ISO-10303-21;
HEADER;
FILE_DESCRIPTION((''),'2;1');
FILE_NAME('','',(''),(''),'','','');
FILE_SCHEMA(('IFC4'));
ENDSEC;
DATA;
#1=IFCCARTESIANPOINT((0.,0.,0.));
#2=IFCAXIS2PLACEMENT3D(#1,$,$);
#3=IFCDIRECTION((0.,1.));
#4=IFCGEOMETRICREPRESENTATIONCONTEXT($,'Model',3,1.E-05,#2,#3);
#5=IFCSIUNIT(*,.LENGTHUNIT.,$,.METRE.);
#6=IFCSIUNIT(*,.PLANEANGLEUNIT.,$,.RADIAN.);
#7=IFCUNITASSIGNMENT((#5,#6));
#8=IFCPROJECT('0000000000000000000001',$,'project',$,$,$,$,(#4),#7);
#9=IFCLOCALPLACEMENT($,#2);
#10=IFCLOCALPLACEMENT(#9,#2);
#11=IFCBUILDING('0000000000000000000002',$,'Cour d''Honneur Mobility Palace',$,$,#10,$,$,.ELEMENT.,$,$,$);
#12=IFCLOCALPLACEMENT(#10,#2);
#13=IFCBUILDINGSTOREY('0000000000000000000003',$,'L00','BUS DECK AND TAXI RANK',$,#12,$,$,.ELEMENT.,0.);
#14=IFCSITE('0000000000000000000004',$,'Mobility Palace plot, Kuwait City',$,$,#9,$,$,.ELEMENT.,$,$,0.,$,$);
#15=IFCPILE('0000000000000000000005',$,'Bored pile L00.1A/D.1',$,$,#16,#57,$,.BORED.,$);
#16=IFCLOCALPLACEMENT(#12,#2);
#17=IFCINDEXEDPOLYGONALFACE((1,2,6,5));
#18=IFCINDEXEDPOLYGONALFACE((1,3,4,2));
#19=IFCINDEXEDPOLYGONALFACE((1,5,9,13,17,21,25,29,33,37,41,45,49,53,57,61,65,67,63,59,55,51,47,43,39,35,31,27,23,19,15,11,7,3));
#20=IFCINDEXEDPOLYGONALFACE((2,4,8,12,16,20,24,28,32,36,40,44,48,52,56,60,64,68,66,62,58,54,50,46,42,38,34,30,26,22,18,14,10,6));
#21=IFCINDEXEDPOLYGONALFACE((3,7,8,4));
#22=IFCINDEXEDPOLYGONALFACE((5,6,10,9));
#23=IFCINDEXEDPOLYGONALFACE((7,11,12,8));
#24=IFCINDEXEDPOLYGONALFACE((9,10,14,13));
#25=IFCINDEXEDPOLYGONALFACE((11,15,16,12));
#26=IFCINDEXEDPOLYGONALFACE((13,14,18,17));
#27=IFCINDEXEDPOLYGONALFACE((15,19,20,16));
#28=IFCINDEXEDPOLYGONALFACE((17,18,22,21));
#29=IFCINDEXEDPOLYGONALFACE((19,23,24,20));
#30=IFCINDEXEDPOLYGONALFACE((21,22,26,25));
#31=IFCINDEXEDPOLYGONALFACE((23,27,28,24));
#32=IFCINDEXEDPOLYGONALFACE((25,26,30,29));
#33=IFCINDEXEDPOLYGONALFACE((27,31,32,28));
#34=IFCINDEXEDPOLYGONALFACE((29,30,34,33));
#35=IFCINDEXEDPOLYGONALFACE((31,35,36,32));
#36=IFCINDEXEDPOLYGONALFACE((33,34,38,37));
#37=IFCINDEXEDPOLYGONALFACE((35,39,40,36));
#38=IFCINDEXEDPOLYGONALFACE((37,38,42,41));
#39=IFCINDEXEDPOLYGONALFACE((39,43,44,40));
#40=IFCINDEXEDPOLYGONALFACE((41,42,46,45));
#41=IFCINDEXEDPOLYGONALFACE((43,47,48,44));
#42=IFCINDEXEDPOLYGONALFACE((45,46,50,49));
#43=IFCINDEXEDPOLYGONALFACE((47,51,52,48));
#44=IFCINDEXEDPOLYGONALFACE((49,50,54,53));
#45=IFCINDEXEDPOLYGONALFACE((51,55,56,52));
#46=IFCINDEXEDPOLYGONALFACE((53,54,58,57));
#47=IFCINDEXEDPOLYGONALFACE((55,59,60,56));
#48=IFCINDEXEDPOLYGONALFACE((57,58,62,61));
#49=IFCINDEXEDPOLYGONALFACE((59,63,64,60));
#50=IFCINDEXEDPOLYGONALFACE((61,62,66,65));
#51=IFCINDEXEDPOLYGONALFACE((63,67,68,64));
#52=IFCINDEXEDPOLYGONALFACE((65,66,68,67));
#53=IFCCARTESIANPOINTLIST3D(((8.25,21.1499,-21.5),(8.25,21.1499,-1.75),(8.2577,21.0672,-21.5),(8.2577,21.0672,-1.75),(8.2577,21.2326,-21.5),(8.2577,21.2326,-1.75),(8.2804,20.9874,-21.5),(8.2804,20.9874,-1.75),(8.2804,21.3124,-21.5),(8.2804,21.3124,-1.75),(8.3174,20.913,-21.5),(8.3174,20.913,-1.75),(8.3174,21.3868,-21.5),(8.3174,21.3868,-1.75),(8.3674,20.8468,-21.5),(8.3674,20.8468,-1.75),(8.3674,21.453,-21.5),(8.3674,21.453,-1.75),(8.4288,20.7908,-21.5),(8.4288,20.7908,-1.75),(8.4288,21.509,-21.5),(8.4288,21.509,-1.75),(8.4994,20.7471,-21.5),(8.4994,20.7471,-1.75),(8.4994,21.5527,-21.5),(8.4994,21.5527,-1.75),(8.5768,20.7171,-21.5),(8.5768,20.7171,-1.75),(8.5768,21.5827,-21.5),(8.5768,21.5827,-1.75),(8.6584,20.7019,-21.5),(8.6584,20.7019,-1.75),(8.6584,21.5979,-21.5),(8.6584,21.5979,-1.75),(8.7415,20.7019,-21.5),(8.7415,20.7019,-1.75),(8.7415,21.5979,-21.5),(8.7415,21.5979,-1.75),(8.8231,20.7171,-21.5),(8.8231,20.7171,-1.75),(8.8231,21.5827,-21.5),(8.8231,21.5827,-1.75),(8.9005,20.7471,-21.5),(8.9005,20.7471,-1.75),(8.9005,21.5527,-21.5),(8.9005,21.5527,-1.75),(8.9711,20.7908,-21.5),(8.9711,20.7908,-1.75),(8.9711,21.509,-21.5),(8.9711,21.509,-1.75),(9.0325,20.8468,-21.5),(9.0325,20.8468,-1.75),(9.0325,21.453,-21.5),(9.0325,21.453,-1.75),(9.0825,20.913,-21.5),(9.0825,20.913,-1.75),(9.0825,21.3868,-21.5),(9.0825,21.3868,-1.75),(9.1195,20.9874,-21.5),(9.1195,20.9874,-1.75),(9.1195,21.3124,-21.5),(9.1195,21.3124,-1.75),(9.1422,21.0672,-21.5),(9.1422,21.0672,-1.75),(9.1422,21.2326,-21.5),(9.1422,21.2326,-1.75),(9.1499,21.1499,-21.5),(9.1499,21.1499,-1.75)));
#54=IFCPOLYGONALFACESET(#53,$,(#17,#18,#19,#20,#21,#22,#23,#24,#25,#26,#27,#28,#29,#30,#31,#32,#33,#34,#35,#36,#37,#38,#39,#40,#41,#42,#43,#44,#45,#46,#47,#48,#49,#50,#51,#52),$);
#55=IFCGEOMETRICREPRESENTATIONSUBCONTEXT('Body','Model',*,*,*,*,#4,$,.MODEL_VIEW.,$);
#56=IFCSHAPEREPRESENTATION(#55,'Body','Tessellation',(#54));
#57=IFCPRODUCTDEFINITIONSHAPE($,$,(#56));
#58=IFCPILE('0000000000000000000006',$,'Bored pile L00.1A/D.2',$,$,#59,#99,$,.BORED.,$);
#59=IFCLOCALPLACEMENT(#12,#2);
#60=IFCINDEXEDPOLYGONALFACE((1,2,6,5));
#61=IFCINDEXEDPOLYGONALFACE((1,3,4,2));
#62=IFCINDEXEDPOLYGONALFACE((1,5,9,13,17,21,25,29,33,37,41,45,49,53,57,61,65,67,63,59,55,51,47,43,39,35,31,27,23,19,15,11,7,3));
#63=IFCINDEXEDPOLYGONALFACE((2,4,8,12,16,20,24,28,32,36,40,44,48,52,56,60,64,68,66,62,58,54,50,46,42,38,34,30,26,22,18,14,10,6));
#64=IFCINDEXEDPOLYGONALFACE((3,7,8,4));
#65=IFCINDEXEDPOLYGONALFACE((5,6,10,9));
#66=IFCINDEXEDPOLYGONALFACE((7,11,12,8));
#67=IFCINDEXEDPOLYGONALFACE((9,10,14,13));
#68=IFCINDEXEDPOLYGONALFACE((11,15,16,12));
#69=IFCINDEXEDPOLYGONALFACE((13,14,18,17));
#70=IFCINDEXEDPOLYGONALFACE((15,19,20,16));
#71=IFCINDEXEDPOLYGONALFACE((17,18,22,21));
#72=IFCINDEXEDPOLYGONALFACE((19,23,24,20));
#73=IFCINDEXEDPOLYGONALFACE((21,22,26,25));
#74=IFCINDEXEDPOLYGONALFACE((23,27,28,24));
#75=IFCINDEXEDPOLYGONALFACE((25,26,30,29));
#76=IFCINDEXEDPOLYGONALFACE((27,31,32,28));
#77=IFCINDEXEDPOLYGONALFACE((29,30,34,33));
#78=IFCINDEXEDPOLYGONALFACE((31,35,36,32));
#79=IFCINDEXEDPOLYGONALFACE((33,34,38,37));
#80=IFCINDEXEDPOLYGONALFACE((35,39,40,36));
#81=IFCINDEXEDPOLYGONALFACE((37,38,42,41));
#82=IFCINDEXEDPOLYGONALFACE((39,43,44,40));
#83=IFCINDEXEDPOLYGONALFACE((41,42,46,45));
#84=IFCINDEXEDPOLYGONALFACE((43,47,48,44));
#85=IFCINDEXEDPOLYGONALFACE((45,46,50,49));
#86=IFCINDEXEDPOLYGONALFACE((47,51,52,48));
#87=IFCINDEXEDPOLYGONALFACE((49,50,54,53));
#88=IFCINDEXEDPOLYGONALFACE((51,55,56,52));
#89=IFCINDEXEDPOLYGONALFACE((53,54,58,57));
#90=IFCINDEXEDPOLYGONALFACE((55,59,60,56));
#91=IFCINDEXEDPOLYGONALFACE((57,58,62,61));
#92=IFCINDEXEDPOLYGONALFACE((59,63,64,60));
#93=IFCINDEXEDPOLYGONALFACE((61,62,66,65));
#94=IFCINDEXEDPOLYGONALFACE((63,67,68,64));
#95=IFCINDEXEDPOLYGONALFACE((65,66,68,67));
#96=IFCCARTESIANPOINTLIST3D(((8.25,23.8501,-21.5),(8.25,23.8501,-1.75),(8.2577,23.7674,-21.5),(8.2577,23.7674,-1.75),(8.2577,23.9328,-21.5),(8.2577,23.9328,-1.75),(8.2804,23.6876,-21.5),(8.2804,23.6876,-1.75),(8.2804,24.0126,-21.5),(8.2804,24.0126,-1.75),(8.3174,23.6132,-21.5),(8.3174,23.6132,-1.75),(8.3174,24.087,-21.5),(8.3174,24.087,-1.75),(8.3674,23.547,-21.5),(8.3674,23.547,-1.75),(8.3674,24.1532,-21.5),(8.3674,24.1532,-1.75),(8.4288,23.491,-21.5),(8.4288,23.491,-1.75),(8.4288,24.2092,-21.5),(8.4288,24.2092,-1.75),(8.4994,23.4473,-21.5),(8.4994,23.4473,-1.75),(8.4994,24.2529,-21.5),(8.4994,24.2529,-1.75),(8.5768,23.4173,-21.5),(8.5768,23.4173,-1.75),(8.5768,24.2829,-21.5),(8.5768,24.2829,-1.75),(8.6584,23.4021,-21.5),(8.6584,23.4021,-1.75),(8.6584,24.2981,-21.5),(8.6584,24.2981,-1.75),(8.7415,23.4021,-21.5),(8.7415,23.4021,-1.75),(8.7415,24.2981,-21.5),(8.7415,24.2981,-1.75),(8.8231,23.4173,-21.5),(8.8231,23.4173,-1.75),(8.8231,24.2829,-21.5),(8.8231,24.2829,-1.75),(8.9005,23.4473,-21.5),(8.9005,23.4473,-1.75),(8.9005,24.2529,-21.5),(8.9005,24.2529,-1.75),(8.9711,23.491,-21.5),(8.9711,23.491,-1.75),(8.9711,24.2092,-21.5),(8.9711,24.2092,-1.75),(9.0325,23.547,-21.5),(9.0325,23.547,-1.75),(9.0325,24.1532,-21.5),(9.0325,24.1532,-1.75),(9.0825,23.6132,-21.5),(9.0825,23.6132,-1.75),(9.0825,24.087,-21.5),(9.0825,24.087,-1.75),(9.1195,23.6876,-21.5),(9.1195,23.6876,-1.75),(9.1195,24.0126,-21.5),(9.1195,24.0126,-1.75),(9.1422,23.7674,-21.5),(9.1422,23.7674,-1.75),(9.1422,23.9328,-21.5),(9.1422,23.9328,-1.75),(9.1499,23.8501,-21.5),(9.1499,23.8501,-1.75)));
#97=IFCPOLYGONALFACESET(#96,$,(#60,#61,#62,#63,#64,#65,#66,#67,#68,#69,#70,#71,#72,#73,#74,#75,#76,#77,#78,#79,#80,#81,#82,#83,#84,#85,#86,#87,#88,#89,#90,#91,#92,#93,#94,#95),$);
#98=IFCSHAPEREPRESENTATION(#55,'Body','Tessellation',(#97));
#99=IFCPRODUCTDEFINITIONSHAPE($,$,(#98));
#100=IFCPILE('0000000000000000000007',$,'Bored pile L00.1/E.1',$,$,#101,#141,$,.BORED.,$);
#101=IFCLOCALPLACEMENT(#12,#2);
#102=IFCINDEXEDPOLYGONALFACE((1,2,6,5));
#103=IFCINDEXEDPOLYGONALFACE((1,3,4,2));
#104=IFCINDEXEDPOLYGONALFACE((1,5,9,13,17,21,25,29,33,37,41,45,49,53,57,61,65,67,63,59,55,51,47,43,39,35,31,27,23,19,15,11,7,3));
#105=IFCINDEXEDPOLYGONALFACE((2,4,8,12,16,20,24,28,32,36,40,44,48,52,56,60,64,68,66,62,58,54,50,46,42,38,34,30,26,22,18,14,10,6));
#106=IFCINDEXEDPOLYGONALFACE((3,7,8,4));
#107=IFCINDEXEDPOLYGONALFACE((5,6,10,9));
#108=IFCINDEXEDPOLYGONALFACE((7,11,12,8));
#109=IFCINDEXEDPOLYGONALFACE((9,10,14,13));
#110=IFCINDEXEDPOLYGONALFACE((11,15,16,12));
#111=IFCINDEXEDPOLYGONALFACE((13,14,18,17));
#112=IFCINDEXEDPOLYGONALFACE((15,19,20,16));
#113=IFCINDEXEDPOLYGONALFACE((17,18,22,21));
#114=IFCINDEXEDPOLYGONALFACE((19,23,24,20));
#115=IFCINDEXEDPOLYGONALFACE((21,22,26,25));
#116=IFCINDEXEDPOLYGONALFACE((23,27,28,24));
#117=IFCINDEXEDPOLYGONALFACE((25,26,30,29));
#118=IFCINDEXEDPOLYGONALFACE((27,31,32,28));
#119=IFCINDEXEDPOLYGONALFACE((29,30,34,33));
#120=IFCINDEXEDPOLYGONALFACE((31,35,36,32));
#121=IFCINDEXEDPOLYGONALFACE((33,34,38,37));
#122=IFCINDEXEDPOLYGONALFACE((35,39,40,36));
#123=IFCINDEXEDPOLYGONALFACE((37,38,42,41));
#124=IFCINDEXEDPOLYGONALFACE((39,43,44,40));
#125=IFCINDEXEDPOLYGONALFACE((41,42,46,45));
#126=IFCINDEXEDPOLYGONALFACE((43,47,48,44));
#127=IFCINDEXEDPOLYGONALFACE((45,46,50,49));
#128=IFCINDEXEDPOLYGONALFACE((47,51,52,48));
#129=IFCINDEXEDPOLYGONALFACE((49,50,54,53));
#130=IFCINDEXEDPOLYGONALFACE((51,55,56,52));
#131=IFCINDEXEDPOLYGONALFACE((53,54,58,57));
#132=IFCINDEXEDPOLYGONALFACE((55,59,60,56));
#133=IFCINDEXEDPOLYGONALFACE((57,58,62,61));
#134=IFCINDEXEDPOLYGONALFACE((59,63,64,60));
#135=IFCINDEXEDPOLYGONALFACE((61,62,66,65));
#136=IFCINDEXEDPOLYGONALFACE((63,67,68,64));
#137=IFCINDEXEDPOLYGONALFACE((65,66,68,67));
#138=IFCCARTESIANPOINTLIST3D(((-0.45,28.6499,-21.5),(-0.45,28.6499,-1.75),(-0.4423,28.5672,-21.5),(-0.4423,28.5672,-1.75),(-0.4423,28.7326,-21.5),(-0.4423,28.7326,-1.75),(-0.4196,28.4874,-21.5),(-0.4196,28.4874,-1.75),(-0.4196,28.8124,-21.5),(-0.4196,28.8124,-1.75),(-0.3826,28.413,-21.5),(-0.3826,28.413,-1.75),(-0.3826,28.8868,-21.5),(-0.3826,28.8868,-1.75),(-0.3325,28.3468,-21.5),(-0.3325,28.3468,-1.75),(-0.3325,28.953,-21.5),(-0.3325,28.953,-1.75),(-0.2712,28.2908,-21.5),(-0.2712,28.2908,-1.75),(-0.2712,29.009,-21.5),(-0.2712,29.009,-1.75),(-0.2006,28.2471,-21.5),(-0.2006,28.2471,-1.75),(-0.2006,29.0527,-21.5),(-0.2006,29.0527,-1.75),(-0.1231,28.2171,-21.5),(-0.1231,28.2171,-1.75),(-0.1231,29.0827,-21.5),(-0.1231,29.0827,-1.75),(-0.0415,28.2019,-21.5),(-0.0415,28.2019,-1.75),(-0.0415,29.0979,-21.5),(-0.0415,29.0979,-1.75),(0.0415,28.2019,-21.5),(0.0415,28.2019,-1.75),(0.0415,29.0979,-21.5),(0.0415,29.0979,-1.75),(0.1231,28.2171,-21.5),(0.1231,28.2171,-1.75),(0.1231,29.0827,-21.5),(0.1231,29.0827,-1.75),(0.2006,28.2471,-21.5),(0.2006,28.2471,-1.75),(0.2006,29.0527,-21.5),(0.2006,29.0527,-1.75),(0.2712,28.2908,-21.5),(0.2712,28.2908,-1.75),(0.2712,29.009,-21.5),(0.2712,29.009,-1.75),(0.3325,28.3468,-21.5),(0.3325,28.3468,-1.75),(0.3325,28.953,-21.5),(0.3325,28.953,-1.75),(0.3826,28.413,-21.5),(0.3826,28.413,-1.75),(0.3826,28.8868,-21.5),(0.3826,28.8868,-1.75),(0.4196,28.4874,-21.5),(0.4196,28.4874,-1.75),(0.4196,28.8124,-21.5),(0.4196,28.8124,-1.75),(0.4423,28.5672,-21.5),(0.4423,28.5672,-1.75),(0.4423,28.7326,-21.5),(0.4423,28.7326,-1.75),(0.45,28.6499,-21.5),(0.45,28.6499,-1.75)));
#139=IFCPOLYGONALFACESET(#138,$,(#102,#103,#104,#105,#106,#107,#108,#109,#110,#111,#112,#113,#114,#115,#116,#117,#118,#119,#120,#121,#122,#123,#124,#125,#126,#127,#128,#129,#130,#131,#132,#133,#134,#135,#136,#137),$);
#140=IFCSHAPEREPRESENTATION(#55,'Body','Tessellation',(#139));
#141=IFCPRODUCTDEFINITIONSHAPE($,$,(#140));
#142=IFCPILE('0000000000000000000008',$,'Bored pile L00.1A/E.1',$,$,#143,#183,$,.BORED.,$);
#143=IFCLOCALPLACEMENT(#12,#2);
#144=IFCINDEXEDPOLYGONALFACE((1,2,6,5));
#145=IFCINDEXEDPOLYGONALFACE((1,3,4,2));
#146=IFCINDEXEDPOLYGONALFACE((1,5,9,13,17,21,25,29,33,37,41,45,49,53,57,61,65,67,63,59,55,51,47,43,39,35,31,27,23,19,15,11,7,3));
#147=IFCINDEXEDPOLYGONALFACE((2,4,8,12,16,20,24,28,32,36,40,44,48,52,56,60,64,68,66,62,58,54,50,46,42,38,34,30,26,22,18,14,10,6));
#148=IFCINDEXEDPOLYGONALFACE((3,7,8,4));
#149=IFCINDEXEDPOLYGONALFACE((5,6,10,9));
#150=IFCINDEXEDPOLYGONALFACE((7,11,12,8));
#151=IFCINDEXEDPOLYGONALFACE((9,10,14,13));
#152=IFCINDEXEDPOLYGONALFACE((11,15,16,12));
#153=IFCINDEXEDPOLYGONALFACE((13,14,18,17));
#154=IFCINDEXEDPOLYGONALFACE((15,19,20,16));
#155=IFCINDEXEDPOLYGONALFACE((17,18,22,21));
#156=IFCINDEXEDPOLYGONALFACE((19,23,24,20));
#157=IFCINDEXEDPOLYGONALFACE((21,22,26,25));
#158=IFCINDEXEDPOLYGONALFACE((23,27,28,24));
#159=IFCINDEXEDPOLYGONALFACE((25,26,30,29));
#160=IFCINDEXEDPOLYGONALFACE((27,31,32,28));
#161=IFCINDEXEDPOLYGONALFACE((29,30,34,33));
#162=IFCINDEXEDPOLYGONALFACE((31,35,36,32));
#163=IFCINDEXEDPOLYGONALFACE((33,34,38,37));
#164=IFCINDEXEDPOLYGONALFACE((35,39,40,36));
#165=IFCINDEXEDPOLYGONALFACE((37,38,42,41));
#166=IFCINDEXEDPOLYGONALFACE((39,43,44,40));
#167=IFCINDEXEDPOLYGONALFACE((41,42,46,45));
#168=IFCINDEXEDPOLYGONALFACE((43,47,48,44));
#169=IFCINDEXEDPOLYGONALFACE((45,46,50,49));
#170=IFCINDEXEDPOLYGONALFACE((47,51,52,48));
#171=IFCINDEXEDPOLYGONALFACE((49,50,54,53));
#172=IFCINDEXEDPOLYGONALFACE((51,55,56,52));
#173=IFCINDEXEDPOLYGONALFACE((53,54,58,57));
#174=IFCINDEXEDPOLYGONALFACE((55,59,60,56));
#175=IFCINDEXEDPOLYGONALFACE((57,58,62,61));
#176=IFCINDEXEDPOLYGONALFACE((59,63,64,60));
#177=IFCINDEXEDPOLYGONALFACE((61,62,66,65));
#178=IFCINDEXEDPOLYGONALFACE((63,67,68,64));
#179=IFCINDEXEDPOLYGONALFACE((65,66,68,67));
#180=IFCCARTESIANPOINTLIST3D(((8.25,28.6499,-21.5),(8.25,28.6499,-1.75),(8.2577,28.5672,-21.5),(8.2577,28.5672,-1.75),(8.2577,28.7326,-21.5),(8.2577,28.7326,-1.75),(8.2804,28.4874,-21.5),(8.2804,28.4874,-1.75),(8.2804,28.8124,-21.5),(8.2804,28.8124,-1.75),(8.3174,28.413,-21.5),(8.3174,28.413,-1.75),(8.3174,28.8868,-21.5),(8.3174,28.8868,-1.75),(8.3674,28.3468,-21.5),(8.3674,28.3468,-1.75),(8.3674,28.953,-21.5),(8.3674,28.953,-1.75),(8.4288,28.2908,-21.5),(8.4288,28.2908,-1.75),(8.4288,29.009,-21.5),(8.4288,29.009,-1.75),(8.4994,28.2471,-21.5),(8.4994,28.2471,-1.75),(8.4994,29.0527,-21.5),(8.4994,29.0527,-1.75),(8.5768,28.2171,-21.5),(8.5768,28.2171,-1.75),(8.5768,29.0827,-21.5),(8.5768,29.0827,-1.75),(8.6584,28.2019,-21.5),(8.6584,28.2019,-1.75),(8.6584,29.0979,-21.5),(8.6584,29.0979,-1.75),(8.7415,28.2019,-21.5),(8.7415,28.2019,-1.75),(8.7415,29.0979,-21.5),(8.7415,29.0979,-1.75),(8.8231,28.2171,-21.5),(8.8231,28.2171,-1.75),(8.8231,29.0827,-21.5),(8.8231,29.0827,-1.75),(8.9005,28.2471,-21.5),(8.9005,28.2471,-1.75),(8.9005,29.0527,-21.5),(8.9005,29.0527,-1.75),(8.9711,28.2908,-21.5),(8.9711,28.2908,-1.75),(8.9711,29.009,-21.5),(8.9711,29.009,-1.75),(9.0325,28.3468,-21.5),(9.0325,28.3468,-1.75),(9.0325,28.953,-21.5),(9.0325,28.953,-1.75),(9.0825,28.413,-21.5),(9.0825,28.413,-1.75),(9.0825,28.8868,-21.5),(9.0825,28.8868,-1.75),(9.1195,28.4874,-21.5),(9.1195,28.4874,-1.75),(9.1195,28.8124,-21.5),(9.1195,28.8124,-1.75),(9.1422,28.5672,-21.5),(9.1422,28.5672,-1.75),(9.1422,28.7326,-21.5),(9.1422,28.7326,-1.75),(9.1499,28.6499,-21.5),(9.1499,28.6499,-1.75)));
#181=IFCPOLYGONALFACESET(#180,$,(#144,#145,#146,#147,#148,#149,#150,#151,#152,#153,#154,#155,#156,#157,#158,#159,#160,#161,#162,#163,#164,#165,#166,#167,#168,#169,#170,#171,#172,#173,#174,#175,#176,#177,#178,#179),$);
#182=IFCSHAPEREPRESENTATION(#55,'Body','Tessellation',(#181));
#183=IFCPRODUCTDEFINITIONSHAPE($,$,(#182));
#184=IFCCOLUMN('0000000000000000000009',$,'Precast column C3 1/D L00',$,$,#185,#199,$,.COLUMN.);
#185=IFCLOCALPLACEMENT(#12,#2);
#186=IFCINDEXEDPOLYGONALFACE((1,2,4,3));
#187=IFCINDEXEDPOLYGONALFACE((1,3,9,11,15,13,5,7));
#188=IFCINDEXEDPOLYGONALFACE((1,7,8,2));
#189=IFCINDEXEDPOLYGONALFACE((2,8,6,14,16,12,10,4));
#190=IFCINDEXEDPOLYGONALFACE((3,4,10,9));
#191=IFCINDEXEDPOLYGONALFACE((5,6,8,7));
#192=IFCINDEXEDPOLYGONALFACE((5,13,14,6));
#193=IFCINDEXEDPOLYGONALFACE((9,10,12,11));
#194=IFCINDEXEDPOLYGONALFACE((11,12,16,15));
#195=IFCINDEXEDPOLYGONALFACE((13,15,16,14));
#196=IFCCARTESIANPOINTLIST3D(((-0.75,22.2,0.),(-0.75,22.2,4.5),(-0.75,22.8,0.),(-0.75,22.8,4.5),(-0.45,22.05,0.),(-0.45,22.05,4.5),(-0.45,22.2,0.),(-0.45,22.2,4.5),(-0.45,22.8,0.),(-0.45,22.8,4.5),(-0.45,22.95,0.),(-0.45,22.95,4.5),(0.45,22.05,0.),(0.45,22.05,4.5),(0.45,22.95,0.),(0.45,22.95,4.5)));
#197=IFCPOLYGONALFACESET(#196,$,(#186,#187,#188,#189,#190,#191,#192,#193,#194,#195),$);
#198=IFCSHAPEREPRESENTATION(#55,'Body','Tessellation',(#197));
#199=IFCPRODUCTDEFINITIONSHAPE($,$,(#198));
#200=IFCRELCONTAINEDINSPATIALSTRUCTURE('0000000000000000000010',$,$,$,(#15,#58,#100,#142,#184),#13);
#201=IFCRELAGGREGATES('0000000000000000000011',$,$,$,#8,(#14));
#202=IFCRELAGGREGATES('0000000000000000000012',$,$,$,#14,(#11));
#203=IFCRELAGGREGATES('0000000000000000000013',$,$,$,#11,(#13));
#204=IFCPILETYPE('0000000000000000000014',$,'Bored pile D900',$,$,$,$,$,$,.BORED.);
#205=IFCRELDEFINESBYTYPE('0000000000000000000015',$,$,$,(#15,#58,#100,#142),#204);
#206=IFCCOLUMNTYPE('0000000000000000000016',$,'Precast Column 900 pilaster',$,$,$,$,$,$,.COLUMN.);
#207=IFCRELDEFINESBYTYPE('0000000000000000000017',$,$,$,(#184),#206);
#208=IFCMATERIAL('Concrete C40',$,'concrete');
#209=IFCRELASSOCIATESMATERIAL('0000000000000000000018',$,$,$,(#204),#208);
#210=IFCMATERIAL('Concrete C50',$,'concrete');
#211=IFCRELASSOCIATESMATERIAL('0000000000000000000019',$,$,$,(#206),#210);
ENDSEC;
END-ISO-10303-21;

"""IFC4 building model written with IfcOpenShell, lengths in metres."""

from ifc_helpers import new_model, si_unit, direction, frame, origin, origin_2d, place, context, subcontext, project, spatial, polyline, circle, outline, extrude, material, material_profile, profile_set, type_object, element, save


model = new_model("IFC4")

# Units and contexts
model_context = context("Model", 3, precision=1e-05, world=origin(), true_north=direction((0.0, 1.0)))
body_context = subcontext(model_context, "Body", "Model", "MODEL_VIEW")
ifc_project = project(units=[si_unit("LENGTHUNIT", "METRE"), si_unit("PLANEANGLEUNIT", "RADIAN")], contexts=[model_context])

# Site, building, storey
site_placement = place(None, origin())
site = spatial("IfcSite", under=ifc_project, at=site_placement, Name="Mobility Palace plot, Kuwait City", CompositionType="ELEMENT", RefElevation=0.0)
building_placement = place(site_placement, origin())
building = spatial("IfcBuilding", under=site, at=building_placement, Name="Cour d'Honneur Mobility Palace", CompositionType="ELEMENT")
storey_placement = place(building_placement, origin())
storey = spatial("IfcBuildingStorey", under=building, at=storey_placement, Name="L00", Description="BUS DECK AND TAXI RANK", CompositionType="ELEMENT", Elevation=0.0)

# Piles
ifc_material_1 = material(Name="Concrete C40", Category="concrete")
ifc_material_profile_1 = material_profile(ifc_material_1, circle(Radius=0.45, at=origin_2d()), Name="Bored pile D900")
ifc_profile_set_1 = profile_set([ifc_material_profile_1], Name="Concrete C40")
pile_type = type_object("IfcPileType", Name="Bored pile D900", PredefinedType="BORED", material=ifc_profile_set_1)
for number, where, z_axis, x_axis, name in (
    (1, (8.7, 21.1499, -1.75), (0.0, 0.0, -1.0), (1.0, 0.0, 0.0), "Bored pile L00.1A/D.1"),
    (2, (8.7, 23.8501, -1.75), (0.0, 0.0, -1.0), (1.0, 0.0, 0.0), "Bored pile L00.1A/D.2"),
    (3, (0.0, 28.6499, -1.75), (0.0, 0.0, -1.0), (1.0, 0.0, 0.0), "Bored pile L00.1/E.1"),
    (4, (8.7, 28.6499, -1.75), (0.0, 0.0, -1.0), (1.0, 0.0, 0.0), "Bored pile L00.1A/E.1"),
):
    element("IfcPile", number, at=place(storey_placement, frame(where, z_axis=z_axis, x_axis=x_axis)), inside=storey, type_object=pile_type, Name=name, PredefinedType="BORED", context=body_context, shape_type="SweptSolid", body=[
        extrude(circle(Radius=0.45, at=origin_2d()), origin(), (0.0, 0.0, 1.0), 19.75),
    ])

# Column
ifc_material_2 = material(Name="Concrete C50", Category="concrete")
ifc_material_profile_2 = material_profile(ifc_material_2, outline(polyline([(-0.45, -0.45), (0.45, -0.45), (0.45, -0.3), (0.75, -0.3), (0.75, 0.3), (0.45, 0.3), (0.45, 0.45), (-0.45, 0.45), (-0.45, -0.45)])), Name="PC C900 pilaster")
ifc_profile_set_2 = profile_set([ifc_material_profile_2], Name="Concrete C50")
column_type_1 = type_object("IfcColumnType", Name="Precast Column 900 pilaster", PredefinedType="COLUMN", material=ifc_profile_set_2)
column_1_placement = place(storey_placement, frame((0.0, 22.5, 0.0), z_axis=(0.0, 0.0, 1.0), x_axis=(-1.0, 0.0, 0.0)))
element("IfcColumn", 5, at=column_1_placement, inside=storey, type_object=column_type_1, Name="Precast column C3 1/D L00", PredefinedType="COLUMN", context=body_context, shape_type="SweptSolid", body=[
    extrude(outline(polyline([(-0.45, -0.45), (0.45, -0.45), (0.45, -0.3), (0.75, -0.3), (0.75, 0.3), (0.45, 0.3), (0.45, 0.45), (-0.45, 0.45), (-0.45, -0.45)])), origin(), (0.0, 0.0, 1.0), 4.5),
])

save(model, "model.ifc")
